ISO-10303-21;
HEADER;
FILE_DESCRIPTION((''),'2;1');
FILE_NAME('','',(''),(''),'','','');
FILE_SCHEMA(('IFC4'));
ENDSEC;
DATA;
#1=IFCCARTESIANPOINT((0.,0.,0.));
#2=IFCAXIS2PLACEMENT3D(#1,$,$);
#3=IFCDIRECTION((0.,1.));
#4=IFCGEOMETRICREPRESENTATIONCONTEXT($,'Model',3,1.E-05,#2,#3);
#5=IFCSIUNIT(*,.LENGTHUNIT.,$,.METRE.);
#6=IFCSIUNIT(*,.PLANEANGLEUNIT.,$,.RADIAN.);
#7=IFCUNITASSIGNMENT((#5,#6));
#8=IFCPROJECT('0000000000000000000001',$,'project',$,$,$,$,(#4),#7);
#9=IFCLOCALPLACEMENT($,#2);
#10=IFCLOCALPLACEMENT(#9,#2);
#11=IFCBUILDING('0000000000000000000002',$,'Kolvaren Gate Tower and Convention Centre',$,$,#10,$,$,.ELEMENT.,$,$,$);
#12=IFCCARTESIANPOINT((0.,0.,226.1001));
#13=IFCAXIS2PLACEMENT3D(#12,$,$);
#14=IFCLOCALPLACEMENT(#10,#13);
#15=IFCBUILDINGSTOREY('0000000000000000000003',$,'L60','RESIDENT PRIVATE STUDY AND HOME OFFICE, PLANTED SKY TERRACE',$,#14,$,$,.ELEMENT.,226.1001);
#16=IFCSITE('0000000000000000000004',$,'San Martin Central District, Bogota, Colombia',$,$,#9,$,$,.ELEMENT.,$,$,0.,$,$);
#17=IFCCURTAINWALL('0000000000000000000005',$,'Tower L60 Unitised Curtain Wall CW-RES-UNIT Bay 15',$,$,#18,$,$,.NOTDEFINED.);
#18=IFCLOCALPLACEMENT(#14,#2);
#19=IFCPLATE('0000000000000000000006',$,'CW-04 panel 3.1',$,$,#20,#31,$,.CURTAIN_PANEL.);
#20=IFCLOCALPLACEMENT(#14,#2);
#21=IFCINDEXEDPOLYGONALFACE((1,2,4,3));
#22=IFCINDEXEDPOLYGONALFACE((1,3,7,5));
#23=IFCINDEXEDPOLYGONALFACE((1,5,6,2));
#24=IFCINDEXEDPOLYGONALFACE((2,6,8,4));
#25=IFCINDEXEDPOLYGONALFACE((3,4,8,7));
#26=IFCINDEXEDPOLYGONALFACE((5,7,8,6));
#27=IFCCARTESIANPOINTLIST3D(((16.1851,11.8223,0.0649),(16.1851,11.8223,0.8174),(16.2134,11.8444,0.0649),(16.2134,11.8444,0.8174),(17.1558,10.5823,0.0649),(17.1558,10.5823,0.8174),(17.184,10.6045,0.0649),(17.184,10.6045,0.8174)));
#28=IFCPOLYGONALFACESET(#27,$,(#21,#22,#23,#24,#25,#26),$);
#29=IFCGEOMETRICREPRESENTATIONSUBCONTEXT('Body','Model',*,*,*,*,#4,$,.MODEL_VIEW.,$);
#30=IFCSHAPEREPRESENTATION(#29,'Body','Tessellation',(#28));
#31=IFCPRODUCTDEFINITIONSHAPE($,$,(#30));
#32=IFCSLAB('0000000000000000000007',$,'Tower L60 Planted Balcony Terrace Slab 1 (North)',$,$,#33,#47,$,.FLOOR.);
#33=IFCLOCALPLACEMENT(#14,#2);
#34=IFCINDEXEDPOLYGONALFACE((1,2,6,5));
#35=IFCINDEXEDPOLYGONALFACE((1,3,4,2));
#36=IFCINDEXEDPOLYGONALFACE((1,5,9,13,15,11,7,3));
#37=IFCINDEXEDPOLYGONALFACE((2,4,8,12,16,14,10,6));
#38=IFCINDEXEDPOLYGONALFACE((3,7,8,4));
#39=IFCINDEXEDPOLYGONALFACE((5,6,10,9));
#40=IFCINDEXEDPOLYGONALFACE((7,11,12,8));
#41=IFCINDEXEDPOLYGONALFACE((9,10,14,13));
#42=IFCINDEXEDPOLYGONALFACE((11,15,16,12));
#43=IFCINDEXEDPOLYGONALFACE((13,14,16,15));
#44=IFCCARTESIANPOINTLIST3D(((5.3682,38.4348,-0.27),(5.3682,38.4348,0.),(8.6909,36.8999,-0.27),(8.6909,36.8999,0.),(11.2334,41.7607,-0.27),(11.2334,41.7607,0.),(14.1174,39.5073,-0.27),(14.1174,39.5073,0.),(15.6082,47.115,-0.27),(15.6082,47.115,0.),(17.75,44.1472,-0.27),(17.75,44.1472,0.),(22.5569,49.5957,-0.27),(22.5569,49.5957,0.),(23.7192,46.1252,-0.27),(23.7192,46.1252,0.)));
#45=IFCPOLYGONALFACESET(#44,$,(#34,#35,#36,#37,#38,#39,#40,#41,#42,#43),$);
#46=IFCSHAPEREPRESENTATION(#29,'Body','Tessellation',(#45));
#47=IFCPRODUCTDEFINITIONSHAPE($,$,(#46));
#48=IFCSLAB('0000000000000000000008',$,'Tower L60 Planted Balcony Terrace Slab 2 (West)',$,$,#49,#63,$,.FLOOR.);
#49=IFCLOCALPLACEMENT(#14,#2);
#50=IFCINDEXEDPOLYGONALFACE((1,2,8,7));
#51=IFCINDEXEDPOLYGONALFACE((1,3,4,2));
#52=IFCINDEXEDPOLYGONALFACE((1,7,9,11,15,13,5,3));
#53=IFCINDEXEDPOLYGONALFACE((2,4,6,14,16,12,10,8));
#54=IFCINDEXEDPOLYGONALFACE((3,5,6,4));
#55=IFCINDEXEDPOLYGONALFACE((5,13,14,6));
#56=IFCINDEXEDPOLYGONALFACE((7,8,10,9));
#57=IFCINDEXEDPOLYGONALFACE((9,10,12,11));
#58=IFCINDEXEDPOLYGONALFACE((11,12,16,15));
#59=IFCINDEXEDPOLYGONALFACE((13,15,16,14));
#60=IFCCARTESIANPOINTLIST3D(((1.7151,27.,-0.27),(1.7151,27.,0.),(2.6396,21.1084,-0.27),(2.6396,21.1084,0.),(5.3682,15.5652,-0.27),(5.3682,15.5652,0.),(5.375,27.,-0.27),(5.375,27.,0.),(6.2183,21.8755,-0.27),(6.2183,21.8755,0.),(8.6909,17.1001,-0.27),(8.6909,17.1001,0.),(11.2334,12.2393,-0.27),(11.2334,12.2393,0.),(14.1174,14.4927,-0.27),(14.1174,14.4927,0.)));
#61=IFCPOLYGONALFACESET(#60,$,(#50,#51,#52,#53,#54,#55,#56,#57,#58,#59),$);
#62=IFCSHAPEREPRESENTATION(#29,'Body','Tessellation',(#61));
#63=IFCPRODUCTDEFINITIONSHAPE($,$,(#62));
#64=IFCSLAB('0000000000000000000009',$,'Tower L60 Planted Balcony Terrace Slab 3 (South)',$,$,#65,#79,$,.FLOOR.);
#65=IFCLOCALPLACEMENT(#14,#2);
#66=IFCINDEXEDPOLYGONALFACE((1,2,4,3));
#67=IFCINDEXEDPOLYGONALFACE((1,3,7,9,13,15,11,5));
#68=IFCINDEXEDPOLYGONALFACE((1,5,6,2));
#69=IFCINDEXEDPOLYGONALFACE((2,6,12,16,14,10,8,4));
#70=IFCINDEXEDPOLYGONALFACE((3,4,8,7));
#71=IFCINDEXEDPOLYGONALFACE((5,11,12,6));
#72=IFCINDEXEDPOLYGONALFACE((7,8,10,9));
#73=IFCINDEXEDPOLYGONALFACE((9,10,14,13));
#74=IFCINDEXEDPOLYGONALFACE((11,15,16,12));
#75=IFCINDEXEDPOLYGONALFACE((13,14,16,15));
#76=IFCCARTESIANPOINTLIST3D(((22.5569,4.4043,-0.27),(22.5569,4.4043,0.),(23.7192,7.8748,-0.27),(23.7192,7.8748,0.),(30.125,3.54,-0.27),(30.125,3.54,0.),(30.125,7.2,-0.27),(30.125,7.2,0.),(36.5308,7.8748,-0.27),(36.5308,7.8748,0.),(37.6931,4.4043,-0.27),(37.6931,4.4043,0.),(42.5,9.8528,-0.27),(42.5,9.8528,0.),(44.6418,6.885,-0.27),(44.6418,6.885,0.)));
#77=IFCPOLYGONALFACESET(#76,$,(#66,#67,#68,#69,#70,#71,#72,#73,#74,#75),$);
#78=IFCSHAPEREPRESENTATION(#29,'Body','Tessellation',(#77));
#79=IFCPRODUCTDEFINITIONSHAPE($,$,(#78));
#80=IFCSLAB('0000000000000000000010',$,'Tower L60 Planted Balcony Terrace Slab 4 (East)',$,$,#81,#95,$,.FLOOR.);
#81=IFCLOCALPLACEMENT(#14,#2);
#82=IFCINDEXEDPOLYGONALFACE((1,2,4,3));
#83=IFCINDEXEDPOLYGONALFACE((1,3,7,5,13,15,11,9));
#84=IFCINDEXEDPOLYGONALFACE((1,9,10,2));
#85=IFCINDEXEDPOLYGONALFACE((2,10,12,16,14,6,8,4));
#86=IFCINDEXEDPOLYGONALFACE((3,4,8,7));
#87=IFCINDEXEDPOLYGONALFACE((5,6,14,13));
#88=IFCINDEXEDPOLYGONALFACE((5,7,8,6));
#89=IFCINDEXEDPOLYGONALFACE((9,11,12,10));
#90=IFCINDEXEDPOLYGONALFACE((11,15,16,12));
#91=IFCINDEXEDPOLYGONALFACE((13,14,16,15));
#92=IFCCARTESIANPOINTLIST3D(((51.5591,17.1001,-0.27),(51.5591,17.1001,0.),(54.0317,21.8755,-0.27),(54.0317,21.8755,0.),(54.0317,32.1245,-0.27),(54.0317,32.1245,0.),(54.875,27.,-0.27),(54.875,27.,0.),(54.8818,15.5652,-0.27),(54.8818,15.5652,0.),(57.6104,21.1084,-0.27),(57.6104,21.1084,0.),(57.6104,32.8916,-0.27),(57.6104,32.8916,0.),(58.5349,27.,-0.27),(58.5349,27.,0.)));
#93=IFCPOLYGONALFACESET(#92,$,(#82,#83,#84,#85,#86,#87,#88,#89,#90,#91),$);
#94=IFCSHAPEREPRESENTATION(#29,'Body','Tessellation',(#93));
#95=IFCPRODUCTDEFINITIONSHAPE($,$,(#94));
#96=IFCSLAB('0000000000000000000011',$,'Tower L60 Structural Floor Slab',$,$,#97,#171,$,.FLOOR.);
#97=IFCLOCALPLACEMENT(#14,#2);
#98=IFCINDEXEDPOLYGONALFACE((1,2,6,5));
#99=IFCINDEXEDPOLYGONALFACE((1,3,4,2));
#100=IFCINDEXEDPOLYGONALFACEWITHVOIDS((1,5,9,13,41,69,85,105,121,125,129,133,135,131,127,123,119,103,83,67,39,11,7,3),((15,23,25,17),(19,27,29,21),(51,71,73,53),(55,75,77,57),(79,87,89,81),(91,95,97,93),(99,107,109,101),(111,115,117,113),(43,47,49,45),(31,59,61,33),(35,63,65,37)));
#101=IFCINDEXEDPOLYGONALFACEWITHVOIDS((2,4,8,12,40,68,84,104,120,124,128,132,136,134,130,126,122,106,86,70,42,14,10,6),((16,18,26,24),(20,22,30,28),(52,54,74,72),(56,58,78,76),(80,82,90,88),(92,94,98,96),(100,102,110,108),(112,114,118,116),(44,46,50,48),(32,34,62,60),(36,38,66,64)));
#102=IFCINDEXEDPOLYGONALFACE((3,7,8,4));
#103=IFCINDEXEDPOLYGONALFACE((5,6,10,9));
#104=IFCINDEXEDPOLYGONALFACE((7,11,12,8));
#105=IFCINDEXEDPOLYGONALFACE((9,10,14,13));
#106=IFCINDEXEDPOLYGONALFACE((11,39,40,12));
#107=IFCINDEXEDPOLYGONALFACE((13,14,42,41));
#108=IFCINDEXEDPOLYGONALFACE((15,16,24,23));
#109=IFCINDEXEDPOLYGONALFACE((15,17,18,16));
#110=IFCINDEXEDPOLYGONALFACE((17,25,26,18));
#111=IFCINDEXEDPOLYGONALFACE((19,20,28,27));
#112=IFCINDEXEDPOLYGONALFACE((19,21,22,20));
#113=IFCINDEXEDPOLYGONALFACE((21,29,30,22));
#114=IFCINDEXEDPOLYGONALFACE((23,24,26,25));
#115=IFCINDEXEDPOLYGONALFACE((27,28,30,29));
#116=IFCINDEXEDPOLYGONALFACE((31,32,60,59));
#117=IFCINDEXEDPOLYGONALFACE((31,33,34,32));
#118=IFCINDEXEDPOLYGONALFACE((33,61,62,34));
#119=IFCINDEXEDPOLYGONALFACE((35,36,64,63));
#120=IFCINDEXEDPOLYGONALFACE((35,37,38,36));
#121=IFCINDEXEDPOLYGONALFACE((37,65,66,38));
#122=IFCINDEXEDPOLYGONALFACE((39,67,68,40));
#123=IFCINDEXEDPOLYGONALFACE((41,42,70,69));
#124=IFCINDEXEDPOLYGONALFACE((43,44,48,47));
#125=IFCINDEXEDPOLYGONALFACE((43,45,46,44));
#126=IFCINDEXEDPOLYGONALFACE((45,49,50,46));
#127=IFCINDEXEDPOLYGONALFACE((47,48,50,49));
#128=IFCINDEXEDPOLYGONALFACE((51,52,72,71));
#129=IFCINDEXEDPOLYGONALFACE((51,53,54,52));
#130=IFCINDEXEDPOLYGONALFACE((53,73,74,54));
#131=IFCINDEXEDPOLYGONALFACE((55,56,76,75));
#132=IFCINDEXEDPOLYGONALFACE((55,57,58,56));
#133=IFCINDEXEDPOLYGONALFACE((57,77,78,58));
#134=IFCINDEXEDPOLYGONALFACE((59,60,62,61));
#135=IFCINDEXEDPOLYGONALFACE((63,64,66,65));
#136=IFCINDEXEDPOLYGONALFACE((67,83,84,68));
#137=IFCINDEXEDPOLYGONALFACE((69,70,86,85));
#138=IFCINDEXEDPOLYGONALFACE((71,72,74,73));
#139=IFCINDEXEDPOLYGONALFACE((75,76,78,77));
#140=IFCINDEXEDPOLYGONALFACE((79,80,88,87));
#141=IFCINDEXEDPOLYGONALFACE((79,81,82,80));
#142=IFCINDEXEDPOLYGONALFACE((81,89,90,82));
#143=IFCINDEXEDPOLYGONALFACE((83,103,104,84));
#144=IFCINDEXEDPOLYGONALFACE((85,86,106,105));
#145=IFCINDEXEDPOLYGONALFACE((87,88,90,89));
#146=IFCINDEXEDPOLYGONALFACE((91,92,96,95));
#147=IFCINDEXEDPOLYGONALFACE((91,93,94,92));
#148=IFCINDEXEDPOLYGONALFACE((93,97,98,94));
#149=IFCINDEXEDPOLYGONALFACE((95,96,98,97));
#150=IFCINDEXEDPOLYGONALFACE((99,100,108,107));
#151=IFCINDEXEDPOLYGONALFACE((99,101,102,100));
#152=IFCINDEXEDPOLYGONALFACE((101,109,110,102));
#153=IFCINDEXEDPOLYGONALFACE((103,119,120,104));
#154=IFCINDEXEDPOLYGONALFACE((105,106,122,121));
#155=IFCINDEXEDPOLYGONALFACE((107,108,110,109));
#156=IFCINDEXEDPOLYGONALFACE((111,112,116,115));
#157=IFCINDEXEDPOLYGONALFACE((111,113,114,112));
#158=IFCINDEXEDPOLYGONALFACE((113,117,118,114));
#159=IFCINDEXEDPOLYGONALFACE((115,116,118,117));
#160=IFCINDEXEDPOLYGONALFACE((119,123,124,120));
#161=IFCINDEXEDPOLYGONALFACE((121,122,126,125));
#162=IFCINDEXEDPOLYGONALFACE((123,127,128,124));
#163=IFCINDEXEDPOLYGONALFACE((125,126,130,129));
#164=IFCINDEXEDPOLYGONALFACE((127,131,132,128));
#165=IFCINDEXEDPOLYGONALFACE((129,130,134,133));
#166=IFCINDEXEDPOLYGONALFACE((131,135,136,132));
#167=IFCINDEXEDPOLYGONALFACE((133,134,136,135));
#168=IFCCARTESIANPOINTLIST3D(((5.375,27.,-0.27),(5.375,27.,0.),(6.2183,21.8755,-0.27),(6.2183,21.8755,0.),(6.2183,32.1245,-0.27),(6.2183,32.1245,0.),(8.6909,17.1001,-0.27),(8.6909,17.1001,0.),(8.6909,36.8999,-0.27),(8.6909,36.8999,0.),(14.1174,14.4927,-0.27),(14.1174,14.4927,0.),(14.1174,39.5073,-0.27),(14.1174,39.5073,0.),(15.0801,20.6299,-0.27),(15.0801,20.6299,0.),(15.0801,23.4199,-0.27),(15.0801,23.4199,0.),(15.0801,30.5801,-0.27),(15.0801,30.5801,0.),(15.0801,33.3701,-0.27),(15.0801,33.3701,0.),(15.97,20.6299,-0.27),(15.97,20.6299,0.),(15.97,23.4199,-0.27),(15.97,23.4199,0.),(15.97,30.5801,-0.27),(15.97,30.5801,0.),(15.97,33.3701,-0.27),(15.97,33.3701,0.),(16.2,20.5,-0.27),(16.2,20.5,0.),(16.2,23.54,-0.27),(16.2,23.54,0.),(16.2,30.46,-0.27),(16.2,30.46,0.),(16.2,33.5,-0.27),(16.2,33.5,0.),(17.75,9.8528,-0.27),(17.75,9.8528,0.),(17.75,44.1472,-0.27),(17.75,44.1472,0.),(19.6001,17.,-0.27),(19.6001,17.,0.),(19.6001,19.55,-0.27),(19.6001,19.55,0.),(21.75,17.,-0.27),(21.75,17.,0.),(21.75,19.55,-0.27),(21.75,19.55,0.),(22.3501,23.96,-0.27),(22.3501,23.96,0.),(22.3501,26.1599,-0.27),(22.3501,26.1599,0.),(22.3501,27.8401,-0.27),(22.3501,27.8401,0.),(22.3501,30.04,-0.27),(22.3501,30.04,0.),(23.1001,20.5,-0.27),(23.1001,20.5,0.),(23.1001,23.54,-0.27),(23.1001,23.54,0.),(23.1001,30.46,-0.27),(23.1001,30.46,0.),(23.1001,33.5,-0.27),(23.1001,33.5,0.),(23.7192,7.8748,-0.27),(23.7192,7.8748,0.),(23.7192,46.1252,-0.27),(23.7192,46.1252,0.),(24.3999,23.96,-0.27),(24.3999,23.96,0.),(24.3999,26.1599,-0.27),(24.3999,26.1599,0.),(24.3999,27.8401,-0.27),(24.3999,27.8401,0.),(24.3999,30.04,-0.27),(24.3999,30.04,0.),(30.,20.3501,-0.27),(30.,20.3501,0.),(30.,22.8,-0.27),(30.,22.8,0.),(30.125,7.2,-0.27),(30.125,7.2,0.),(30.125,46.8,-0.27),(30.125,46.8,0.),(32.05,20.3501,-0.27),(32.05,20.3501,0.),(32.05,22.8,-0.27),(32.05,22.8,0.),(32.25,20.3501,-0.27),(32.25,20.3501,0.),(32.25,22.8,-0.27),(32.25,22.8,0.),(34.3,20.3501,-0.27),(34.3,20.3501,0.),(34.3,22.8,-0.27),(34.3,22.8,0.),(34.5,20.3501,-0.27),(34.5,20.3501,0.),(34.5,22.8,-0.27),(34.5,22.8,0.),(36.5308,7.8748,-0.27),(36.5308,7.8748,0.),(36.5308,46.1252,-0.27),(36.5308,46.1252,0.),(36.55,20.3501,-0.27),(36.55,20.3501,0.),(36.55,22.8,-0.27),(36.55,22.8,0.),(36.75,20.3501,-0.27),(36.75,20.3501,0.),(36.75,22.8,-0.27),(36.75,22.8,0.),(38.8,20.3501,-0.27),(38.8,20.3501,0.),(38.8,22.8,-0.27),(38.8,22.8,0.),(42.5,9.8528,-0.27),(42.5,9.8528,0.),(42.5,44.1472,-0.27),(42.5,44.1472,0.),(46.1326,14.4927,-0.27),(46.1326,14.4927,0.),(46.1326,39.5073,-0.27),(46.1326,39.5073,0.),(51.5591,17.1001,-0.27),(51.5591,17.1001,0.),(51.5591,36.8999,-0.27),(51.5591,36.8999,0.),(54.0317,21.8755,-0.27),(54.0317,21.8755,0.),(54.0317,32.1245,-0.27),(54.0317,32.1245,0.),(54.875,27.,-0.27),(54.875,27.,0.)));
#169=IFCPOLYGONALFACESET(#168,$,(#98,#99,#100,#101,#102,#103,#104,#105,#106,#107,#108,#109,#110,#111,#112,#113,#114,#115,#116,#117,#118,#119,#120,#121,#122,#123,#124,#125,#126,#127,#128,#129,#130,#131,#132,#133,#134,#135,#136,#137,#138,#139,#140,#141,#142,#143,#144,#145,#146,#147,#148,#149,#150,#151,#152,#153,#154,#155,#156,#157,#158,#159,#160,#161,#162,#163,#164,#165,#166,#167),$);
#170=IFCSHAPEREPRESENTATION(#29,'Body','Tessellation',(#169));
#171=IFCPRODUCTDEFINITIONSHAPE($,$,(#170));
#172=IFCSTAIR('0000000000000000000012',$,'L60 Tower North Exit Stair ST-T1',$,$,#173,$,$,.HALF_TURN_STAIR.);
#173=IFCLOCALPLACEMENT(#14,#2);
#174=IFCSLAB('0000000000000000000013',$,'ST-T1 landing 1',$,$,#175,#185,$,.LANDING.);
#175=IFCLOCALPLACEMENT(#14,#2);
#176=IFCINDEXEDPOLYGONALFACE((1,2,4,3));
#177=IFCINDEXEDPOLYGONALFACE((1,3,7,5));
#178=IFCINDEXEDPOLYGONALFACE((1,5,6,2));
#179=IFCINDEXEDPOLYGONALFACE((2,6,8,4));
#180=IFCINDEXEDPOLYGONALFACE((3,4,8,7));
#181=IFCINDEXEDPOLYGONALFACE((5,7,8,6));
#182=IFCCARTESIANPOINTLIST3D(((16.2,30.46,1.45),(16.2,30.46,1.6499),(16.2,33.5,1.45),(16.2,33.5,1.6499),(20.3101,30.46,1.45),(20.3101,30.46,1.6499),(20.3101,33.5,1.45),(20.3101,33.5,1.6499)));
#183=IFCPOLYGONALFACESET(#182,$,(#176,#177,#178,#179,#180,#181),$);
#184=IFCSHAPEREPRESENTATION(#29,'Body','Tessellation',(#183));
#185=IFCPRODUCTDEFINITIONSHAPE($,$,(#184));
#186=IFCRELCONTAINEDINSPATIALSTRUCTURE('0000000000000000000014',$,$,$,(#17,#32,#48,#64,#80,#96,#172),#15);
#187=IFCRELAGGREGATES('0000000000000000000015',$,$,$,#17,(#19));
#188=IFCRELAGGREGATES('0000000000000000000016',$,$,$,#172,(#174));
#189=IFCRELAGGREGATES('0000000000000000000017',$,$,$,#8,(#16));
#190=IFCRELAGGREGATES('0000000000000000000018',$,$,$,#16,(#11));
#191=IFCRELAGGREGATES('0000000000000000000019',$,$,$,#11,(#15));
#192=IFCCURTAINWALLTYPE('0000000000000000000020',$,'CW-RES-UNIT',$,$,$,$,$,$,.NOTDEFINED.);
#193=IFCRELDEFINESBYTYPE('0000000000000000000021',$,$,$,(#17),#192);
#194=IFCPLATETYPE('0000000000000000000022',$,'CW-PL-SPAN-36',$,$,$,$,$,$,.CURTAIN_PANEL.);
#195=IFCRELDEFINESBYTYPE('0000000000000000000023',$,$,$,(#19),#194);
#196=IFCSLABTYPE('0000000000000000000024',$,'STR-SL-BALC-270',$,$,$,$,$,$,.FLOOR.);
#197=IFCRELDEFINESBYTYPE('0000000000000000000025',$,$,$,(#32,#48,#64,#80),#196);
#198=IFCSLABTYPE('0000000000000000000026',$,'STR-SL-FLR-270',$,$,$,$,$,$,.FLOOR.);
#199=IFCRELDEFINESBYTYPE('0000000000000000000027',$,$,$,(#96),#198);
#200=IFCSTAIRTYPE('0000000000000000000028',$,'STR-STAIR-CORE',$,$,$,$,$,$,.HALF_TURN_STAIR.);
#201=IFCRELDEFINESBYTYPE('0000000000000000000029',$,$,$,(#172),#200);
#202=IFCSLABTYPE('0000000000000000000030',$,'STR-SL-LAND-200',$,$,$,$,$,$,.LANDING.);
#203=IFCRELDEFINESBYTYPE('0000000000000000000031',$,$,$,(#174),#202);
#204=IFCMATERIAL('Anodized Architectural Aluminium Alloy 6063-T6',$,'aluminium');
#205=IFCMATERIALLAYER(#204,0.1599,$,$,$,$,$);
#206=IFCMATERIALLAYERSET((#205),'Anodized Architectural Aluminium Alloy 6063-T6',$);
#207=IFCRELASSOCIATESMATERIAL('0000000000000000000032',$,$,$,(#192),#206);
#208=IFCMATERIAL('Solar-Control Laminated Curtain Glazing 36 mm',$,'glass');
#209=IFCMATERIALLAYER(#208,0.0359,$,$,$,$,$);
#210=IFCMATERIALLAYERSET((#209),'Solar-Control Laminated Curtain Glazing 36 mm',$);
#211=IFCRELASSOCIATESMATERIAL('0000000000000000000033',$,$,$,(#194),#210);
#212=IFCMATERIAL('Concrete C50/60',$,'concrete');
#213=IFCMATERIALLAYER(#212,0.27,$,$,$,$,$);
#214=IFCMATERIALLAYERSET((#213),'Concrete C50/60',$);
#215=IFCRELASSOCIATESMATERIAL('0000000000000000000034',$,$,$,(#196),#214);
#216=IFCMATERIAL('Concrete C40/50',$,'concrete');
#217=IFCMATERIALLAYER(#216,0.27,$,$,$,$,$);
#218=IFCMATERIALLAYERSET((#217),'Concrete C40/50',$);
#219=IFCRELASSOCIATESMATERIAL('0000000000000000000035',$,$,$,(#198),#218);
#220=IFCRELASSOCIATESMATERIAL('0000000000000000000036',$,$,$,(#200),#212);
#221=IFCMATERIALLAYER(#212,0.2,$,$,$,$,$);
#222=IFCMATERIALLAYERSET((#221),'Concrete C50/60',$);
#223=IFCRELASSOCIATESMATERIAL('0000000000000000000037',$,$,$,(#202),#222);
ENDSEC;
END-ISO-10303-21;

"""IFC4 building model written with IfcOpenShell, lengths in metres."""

from ifc_helpers import new_model, si_unit, direction, frame, origin, origin_2d, place, context, subcontext, project, spatial, polyline, rectangle, outline, extrude, material, layer, layer_set, type_object, element, aggregate, save


model = new_model("IFC4")

# Units and contexts
model_context = context("Model", 3, precision=1e-05, world=origin(), true_north=direction((0.0, 1.0)))
body_context = subcontext(model_context, "Body", "Model", "MODEL_VIEW")
ifc_project = project(units=[si_unit("LENGTHUNIT", "METRE"), si_unit("PLANEANGLEUNIT", "RADIAN")], contexts=[model_context])

# Site, building, storey
site_placement = place(None, origin())
site = spatial("IfcSite", under=ifc_project, at=site_placement, Name="San Martin Central District, Bogota, Colombia", CompositionType="ELEMENT", RefElevation=0.0)
building_placement = place(site_placement, origin())
building = spatial("IfcBuilding", under=site, at=building_placement, Name="Kolvaren Gate Tower and Convention Centre", CompositionType="ELEMENT")
storey_placement = place(building_placement, frame((0.0, 0.0, 226.1001)))
storey = spatial("IfcBuildingStorey", under=building, at=storey_placement, Name="L60", Description="RESIDENT PRIVATE STUDY AND HOME OFFICE, PLANTED SKY TERRACE", CompositionType="ELEMENT", Elevation=226.1001)

# Curtain wall
ifc_material_1 = material(Name="Anodized Architectural Aluminium Alloy 6063-T6", Category="aluminium")
ifc_layer_1 = layer(ifc_material_1, 0.1599)
ifc_layer_set_1 = layer_set([ifc_layer_1], Name="Anodized Architectural Aluminium Alloy 6063-T6")
curtain_wall_type = type_object("IfcCurtainWallType", Name="CW-RES-UNIT", PredefinedType="NOTDEFINED", material=ifc_layer_set_1)
curtain_wall_placement = place(storey_placement, origin())
curtain_wall = element("IfcCurtainWall", 1, at=curtain_wall_placement, inside=storey, type_object=curtain_wall_type, Name="Tower L60 Unitised Curtain Wall CW-RES-UNIT Bay 15", PredefinedType="NOTDEFINED")

# Plate
ifc_material_2 = material(Name="Solar-Control Laminated Curtain Glazing 36 mm", Category="glass")
ifc_layer_2 = layer(ifc_material_2, 0.0359)
ifc_layer_set_2 = layer_set([ifc_layer_2], Name="Solar-Control Laminated Curtain Glazing 36 mm")
plate_type_1 = type_object("IfcPlateType", Name="CW-PL-SPAN-36", PredefinedType="CURTAIN_PANEL", material=ifc_layer_set_2)
plate_1_placement = place(storey_placement, frame((16.6846, 11.2134, 0.0649), z_axis=(0.0, 0.0, 1.0), x_axis=(0.61643, -0.78741, 0.0)))
plate_1 = element("IfcPlate", 2, at=plate_1_placement, type_object=plate_type_1, Name="CW-04 panel 3.1", PredefinedType="CURTAIN_PANEL", context=body_context, shape_type="SweptSolid", body=[
    extrude(rectangle(XDim=1.5747, YDim=0.0359, at=origin_2d()), origin(), (0.0, 0.0, 1.0), 0.7524),
])
aggregate(curtain_wall, [plate_1])

# Slabs
ifc_material_3 = material(Name="Concrete C50/60", Category="concrete")
ifc_layer_3 = layer(ifc_material_3, 0.27)
ifc_layer_set_3 = layer_set([ifc_layer_3], Name="Concrete C50/60")
slab_type_1 = type_object("IfcSlabType", Name="STR-SL-BALC-270", PredefinedType="FLOOR", material=ifc_layer_set_3)
slab_1_placement = place(storey_placement, frame((0.0, 0.0, -0.27)))
element("IfcSlab", 3, at=slab_1_placement, inside=storey, type_object=slab_type_1, Name="Tower L60 Planted Balcony Terrace Slab 1 (North)", PredefinedType="FLOOR", context=body_context, shape_type="SweptSolid", body=[
    extrude(outline(polyline([(23.7192, 46.1252), (17.75, 44.1472), (14.1174, 39.5073), (8.6909, 36.8999), (5.3682, 38.4348), (11.2334, 41.7607), (15.6082, 47.115), (22.5569, 49.5957), (23.7192, 46.1252)])), origin(), (0.0, 0.0, 1.0), 0.27),
])
slab_2_placement = place(storey_placement, frame((0.0, 0.0, -0.27)))
element("IfcSlab", 4, at=slab_2_placement, inside=storey, type_object=slab_type_1, Name="Tower L60 Planted Balcony Terrace Slab 2 (West)", PredefinedType="FLOOR", context=body_context, shape_type="SweptSolid", body=[
    extrude(outline(polyline([(5.375, 27.0), (6.2183, 21.8755), (8.6909, 17.1001), (14.1174, 14.4927), (11.2334, 12.2393), (5.3682, 15.5652), (2.6396, 21.1084), (1.7151, 27.0), (5.375, 27.0)])), origin(), (0.0, 0.0, 1.0), 0.27),
])
slab_3_placement = place(storey_placement, frame((0.0, 0.0, -0.27)))
element("IfcSlab", 5, at=slab_3_placement, inside=storey, type_object=slab_type_1, Name="Tower L60 Planted Balcony Terrace Slab 3 (South)", PredefinedType="FLOOR", context=body_context, shape_type="SweptSolid", body=[
    extrude(outline(polyline([(23.7192, 7.8748), (30.125, 7.2), (36.5308, 7.8748), (42.5, 9.8528), (44.6418, 6.885), (37.6931, 4.4043), (30.125, 3.54), (22.5569, 4.4043), (23.7192, 7.8748)])), origin(), (0.0, 0.0, 1.0), 0.27),
])
slab_4_placement = place(storey_placement, frame((0.0, 0.0, -0.27)))
element("IfcSlab", 6, at=slab_4_placement, inside=storey, type_object=slab_type_1, Name="Tower L60 Planted Balcony Terrace Slab 4 (East)", PredefinedType="FLOOR", context=body_context, shape_type="SweptSolid", body=[
    extrude(outline(polyline([(51.5591, 17.1001), (54.0317, 21.8755), (54.875, 27.0), (54.0317, 32.1245), (57.6104, 32.8916), (58.5349, 27.0), (57.6104, 21.1084), (54.8818, 15.5652), (51.5591, 17.1001)])), origin(), (0.0, 0.0, 1.0), 0.27),
])
ifc_material_4 = material(Name="Concrete C40/50", Category="concrete")
ifc_layer_4 = layer(ifc_material_4, 0.27)
ifc_layer_set_4 = layer_set([ifc_layer_4], Name="Concrete C40/50")
slab_type_2 = type_object("IfcSlabType", Name="STR-SL-FLR-270", PredefinedType="FLOOR", material=ifc_layer_set_4)
slab_5_placement = place(storey_placement, frame((0.0, 0.0, -0.27)))
element("IfcSlab", 7, at=slab_5_placement, inside=storey, type_object=slab_type_2, Name="Tower L60 Structural Floor Slab", PredefinedType="FLOOR", context=body_context, shape_type="SweptSolid", body=[
    extrude(outline(polyline([(54.875, 27.0), (54.0317, 32.1245), (51.5591, 36.8999), (46.1326, 39.5073), (42.5, 44.1472), (36.5308, 46.1252), (30.125, 46.8), (23.7192, 46.1252), (17.75, 44.1472), (14.1174, 39.5073), (8.6909, 36.8999), (6.2183, 32.1245), (5.375, 27.0), (6.2183, 21.8755), (8.6909, 17.1001), (14.1174, 14.4927), (17.75, 9.8528), (23.7192, 7.8748), (30.125, 7.2), (36.5308, 7.8748), (42.5, 9.8528), (46.1326, 14.4927), (51.5591, 17.1001), (54.0317, 21.8755), (54.875, 27.0)]), holes=[polyline([(36.75, 20.3501), (36.75, 22.8), (38.8, 22.8), (38.8, 20.3501), (36.75, 20.3501)]), polyline([(36.55, 20.3501), (34.5, 20.3501), (34.5, 22.8), (36.55, 22.8), (36.55, 20.3501)]), polyline([(32.25, 20.3501), (32.25, 22.8), (34.3, 22.8), (34.3, 20.3501), (32.25, 20.3501)]), polyline([(30.0, 20.3501), (30.0, 22.8), (32.05, 22.8), (32.05, 20.3501), (30.0, 20.3501)]), polyline([(22.3501, 23.96), (22.3501, 26.1599), (24.3999, 26.1599), (24.3999, 23.96), (22.3501, 23.96)]), polyline([(22.3501, 27.8401), (22.3501, 30.04), (24.3999, 30.04), (24.3999, 27.8401), (22.3501, 27.8401)]), polyline([(16.2, 23.54), (23.1001, 23.54), (23.1001, 20.5), (16.2, 20.5), (16.2, 23.54)]), polyline([(16.2, 33.5), (23.1001, 33.5), (23.1001, 30.46), (16.2, 30.46), (16.2, 33.5)]), polyline([(21.75, 17.0), (19.6001, 17.0), (19.6001, 19.55), (21.75, 19.55), (21.75, 17.0)]), polyline([(15.0801, 30.5801), (15.0801, 33.3701), (15.97, 33.3701), (15.97, 30.5801), (15.0801, 30.5801)]), polyline([(15.97, 20.6299), (15.0801, 20.6299), (15.0801, 23.4199), (15.97, 23.4199), (15.97, 20.6299)])]), origin(), (0.0, 0.0, 1.0), 0.27),
])

# Stair, slab
stair_type = type_object("IfcStairType", Name="STR-STAIR-CORE", PredefinedType="HALF_TURN_STAIR", material=ifc_material_3)
stair_1_placement = place(storey_placement, origin())
stair_1 = element("IfcStair", 8, at=stair_1_placement, inside=storey, type_object=stair_type, Name="L60 Tower North Exit Stair ST-T1", PredefinedType="HALF_TURN_STAIR")
ifc_layer_5 = layer(ifc_material_3, 0.2)
ifc_layer_set_5 = layer_set([ifc_layer_5], Name="Concrete C50/60")
slab_type_3 = type_object("IfcSlabType", Name="STR-SL-LAND-200", PredefinedType="LANDING", material=ifc_layer_set_5)
slab_6_placement = place(storey_placement, frame((0.0, 0.0, 1.45)))
slab_6 = element("IfcSlab", 9, at=slab_6_placement, type_object=slab_type_3, Name="ST-T1 landing 1", PredefinedType="LANDING", context=body_context, shape_type="SweptSolid", body=[
    extrude(outline(polyline([(20.3101, 33.5), (16.2, 33.5), (16.2, 30.46), (20.3101, 30.46), (20.3101, 33.5)])), origin(), (0.0, 0.0, 1.0), 0.2),
])
aggregate(stair_1, [slab_6])

save(model, "model.ifc")
